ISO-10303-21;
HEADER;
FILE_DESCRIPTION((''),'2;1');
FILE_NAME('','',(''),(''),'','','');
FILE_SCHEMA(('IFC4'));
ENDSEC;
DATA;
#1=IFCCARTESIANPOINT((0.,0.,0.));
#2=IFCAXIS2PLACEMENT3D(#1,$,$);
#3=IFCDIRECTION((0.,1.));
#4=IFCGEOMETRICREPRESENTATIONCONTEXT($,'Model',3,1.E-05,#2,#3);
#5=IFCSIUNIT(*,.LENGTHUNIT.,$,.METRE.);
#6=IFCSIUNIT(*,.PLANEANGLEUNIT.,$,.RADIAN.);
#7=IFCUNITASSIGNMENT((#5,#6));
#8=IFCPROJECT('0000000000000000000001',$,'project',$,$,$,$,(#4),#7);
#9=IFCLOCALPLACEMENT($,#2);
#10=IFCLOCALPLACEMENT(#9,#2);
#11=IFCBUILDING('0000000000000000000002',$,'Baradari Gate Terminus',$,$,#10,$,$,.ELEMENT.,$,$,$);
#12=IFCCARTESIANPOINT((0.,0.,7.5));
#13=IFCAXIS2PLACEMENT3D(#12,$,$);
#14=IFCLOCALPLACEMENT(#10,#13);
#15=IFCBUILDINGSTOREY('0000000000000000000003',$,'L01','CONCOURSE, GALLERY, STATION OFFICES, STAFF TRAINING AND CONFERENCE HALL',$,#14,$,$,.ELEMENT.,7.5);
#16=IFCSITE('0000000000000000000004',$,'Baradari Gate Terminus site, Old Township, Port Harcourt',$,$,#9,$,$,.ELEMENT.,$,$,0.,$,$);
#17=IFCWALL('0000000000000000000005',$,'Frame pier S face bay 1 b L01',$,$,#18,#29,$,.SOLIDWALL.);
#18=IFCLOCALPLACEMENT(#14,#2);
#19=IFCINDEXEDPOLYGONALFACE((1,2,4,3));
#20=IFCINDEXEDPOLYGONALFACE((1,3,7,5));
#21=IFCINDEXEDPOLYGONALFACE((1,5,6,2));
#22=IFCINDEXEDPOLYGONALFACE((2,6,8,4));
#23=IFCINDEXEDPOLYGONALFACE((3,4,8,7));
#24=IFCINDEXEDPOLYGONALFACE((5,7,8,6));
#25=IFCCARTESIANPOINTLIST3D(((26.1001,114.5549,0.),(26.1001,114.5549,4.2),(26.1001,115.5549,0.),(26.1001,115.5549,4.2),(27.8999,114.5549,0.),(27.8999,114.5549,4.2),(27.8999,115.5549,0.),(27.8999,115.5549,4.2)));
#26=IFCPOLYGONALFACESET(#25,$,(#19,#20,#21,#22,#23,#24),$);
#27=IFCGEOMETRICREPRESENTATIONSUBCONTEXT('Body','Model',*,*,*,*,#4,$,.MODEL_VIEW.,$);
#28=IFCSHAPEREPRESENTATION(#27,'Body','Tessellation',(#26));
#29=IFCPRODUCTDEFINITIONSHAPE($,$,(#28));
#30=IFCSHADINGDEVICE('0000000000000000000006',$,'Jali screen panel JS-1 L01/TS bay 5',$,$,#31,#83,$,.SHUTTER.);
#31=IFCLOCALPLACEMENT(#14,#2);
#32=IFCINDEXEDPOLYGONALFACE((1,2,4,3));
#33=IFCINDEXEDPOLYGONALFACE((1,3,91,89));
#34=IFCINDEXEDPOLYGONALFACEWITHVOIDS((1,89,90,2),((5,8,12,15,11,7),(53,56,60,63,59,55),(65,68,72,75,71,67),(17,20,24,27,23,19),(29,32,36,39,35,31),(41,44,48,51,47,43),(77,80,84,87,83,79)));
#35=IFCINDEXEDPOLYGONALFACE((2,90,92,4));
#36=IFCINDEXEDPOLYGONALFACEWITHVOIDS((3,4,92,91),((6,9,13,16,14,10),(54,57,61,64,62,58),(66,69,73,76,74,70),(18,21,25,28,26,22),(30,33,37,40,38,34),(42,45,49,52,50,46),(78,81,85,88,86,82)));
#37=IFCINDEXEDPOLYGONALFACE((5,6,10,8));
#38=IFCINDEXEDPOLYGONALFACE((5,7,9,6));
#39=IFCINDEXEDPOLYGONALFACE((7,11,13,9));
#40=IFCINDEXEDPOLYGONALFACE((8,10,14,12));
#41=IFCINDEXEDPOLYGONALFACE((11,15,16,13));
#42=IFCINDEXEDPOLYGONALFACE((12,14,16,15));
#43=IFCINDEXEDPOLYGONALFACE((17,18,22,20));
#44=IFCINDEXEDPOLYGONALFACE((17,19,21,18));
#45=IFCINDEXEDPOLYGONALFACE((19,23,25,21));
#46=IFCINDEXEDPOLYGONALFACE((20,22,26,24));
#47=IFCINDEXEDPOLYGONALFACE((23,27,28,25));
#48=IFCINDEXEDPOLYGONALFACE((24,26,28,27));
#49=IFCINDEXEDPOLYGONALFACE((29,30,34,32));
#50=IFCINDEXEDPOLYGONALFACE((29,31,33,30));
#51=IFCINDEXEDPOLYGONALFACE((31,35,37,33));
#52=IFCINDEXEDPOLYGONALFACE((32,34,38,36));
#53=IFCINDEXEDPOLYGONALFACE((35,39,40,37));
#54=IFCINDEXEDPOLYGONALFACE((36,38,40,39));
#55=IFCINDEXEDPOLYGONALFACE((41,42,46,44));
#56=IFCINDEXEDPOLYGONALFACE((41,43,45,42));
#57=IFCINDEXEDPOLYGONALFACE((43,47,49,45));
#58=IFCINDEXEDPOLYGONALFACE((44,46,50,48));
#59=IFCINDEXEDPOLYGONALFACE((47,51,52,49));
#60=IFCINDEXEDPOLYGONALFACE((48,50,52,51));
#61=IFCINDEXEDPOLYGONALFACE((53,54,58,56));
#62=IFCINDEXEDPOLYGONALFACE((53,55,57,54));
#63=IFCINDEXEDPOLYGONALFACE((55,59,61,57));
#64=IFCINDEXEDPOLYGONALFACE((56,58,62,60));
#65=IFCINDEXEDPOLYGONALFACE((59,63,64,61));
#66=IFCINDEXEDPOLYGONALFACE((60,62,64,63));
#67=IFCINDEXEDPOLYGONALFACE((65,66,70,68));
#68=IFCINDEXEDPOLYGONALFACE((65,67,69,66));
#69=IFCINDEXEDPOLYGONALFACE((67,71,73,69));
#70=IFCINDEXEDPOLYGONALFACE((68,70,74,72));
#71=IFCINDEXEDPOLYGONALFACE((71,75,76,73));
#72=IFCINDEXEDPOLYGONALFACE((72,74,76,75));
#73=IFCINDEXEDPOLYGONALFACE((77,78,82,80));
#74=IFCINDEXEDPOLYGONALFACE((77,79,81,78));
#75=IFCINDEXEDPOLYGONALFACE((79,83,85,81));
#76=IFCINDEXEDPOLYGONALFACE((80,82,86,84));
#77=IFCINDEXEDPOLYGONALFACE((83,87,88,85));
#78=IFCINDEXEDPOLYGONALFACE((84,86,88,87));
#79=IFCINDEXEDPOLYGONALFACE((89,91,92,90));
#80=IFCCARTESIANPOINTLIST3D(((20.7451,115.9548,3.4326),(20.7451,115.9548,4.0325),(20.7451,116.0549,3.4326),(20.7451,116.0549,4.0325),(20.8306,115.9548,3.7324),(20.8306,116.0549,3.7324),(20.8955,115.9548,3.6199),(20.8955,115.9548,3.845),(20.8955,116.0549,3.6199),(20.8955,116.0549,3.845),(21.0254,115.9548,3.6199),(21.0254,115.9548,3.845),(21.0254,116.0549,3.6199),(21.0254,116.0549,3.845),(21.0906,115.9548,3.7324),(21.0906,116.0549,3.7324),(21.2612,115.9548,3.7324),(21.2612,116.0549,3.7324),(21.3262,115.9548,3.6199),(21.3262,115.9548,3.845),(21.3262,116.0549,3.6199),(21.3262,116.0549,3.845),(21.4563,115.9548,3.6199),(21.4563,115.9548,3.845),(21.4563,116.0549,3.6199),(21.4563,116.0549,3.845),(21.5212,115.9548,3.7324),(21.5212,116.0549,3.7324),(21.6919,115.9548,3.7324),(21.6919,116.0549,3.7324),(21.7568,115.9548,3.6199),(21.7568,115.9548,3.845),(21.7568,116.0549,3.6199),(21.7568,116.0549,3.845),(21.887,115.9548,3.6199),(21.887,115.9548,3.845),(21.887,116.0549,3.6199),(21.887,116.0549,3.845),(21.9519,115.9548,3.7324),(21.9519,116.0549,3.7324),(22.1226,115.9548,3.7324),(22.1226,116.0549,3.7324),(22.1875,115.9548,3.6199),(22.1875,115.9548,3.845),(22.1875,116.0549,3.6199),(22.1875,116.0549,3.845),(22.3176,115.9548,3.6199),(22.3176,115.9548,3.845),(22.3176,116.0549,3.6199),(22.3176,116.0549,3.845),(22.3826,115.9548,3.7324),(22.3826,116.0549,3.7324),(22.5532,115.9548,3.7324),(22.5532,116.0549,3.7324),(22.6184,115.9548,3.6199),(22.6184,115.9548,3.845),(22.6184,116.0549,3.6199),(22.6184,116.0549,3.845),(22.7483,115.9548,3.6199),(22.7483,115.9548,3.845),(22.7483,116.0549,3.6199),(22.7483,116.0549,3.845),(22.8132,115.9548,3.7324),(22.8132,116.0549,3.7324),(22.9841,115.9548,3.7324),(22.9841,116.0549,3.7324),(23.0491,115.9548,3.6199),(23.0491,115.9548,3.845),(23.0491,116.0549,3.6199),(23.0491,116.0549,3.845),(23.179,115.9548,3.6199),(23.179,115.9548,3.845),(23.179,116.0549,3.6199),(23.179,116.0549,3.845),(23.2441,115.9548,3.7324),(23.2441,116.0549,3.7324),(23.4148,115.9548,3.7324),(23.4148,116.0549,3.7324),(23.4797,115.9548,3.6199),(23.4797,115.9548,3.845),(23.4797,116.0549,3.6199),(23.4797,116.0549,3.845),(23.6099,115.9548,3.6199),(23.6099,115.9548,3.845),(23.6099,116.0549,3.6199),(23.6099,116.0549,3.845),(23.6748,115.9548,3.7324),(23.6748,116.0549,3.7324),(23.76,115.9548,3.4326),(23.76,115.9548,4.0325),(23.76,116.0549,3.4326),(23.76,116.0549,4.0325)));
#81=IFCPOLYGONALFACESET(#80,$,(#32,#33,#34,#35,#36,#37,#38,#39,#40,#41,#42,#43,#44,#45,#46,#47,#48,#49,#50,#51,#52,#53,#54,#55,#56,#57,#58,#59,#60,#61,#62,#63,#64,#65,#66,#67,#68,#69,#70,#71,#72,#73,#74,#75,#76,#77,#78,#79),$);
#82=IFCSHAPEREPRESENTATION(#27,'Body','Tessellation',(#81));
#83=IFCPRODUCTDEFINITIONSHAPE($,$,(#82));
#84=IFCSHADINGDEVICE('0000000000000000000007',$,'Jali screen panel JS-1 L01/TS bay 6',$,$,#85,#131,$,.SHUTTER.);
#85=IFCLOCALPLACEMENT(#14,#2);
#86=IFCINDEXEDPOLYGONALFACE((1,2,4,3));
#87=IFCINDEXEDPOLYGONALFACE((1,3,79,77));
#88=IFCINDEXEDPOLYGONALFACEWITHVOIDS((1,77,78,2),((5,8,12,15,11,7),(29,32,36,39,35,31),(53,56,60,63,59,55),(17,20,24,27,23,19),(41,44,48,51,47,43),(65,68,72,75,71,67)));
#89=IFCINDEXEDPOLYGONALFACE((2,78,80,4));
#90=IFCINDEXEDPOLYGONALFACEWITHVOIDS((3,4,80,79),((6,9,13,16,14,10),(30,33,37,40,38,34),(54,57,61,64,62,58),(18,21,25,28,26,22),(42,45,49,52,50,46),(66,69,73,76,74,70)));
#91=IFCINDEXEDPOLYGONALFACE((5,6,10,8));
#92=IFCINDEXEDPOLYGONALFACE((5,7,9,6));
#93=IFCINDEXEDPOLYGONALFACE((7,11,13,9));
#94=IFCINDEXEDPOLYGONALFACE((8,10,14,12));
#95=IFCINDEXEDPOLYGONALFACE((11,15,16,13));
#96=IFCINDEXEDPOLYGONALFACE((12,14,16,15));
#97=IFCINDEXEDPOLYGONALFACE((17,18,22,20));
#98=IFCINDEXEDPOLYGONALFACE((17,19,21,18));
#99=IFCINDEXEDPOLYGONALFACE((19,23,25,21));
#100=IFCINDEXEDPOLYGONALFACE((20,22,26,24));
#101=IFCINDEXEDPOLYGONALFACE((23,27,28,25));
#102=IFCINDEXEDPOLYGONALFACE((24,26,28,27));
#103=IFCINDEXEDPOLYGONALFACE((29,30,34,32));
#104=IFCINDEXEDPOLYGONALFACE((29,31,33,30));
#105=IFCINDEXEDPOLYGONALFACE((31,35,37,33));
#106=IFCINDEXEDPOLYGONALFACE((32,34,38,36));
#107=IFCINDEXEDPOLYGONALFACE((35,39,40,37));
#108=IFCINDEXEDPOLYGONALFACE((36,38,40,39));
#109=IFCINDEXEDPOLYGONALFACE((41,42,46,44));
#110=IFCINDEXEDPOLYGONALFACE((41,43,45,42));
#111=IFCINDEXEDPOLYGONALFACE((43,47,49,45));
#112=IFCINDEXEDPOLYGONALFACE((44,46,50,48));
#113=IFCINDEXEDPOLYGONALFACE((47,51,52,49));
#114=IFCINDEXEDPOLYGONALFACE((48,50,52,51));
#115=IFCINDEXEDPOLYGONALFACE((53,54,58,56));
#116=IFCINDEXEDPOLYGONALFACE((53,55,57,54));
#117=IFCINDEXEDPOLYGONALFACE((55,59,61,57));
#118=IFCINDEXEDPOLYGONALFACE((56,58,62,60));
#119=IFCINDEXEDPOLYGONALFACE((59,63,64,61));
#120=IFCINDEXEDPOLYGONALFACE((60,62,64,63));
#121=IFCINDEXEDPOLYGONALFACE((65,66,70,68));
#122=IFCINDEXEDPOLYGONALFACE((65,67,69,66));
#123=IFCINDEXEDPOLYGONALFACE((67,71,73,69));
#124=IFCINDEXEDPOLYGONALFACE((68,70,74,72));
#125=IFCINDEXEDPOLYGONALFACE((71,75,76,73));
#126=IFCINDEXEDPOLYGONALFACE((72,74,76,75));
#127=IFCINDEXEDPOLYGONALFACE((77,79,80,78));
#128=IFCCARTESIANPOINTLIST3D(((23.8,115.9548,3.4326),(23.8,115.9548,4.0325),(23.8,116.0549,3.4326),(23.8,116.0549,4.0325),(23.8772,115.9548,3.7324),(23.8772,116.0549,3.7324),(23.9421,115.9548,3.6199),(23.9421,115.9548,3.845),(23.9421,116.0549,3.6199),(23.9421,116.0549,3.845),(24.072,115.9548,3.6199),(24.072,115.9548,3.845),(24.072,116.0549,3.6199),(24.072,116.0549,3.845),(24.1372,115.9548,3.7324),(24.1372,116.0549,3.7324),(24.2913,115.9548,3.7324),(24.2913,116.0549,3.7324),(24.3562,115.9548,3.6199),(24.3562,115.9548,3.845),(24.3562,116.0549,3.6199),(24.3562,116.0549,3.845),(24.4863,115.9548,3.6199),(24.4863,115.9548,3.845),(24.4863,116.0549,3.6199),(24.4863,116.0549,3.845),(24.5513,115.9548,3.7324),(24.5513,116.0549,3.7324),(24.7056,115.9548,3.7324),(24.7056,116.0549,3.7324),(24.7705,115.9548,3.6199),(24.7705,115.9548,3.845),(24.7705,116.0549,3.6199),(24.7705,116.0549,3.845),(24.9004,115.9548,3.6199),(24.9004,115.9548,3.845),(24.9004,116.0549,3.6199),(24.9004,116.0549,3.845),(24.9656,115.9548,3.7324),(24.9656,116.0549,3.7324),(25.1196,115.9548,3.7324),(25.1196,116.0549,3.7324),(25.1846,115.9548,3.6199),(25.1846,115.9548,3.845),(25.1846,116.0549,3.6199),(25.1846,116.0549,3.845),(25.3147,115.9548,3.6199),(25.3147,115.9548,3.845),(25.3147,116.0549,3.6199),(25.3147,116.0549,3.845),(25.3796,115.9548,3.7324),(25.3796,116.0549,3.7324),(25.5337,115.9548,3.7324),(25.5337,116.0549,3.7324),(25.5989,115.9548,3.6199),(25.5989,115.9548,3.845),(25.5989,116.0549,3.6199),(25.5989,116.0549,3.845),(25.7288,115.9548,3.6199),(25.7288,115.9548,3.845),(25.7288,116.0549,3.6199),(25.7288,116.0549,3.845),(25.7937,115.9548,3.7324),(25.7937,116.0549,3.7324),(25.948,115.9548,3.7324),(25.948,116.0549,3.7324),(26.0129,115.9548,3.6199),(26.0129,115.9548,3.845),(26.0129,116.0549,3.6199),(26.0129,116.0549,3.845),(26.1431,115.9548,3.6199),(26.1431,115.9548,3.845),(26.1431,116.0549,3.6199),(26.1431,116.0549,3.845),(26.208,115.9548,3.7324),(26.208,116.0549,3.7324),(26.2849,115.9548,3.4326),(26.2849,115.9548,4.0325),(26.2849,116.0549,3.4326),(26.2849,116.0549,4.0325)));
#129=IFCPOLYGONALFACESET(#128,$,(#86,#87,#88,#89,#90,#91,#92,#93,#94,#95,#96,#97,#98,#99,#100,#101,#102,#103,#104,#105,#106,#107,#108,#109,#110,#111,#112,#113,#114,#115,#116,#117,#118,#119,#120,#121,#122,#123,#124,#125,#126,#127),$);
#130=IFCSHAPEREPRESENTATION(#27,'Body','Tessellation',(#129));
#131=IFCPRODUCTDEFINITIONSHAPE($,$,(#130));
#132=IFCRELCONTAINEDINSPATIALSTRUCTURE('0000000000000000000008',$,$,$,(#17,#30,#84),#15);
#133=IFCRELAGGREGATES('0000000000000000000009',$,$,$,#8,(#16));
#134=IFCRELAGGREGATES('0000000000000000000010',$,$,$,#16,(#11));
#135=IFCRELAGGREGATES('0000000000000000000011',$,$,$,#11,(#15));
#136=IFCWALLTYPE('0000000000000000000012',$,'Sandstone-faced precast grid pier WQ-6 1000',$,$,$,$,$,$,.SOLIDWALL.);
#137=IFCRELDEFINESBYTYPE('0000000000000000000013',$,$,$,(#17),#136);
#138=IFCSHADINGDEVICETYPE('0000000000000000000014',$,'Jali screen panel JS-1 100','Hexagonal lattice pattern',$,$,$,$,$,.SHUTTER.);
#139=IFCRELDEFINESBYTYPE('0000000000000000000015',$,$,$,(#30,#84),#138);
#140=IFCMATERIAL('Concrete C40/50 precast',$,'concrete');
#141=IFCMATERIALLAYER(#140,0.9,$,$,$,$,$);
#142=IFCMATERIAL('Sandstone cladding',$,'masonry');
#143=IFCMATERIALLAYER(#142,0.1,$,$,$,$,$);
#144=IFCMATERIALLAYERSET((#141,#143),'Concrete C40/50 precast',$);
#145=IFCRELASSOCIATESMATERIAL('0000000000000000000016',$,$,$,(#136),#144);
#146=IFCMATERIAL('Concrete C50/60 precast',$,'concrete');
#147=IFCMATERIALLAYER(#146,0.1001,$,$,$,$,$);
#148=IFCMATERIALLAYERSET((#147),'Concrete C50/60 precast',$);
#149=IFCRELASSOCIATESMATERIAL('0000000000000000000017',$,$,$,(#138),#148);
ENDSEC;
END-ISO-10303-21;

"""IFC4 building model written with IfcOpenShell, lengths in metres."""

from ifc_helpers import new_model, si_unit, direction, frame, frame_2d, origin, place, context, subcontext, project, spatial, polyline, rectangle, outline, extrude, material, layer, layer_set, type_object, element, save


model = new_model("IFC4")

# Units and contexts
model_context = context("Model", 3, precision=1e-05, world=origin(), true_north=direction((0.0, 1.0)))
body_context = subcontext(model_context, "Body", "Model", "MODEL_VIEW")
ifc_project = project(units=[si_unit("LENGTHUNIT", "METRE"), si_unit("PLANEANGLEUNIT", "RADIAN")], contexts=[model_context])

# Site, building, storey
site_placement = place(None, origin())
site = spatial("IfcSite", under=ifc_project, at=site_placement, Name="Baradari Gate Terminus site, Old Township, Port Harcourt", CompositionType="ELEMENT", RefElevation=0.0)
building_placement = place(site_placement, origin())
building = spatial("IfcBuilding", under=site, at=building_placement, Name="Baradari Gate Terminus", CompositionType="ELEMENT")
storey_placement = place(building_placement, frame((0.0, 0.0, 7.5)))
storey = spatial("IfcBuildingStorey", under=building, at=storey_placement, Name="L01", Description="CONCOURSE, GALLERY, STATION OFFICES, STAFF TRAINING AND CONFERENCE HALL", CompositionType="ELEMENT", Elevation=7.5)

# Wall
ifc_material_1 = material(Name="Concrete C40/50 precast", Category="concrete")
ifc_layer_1 = layer(ifc_material_1, 0.9)
ifc_material_2 = material(Name="Sandstone cladding", Category="masonry")
ifc_layer_2 = layer(ifc_material_2, 0.1)
ifc_layer_set_1 = layer_set([ifc_layer_1, ifc_layer_2], Name="Concrete C40/50 precast")
wall_type = type_object("IfcWallType", Name="Sandstone-faced precast grid pier WQ-6 1000", PredefinedType="SOLIDWALL", material=ifc_layer_set_1)
wall_placement = place(storey_placement, frame((26.1001, 115.0549, 0.0), z_axis=(0.0, 0.0, 1.0), x_axis=(1.0, 0.0, 0.0)))
element("IfcWall", 1, at=wall_placement, inside=storey, type_object=wall_type, Name="Frame pier S face bay 1 b L01", PredefinedType="SOLIDWALL", context=body_context, shape_type="SweptSolid", body=[
    extrude(rectangle(XDim=1.7998, YDim=1.0, at=frame_2d((0.8999, 0.0))), origin(), (0.0, 0.0, 1.0), 4.2),
])

# Shading devices
ifc_material_3 = material(Name="Concrete C50/60 precast", Category="concrete")
ifc_layer_3 = layer(ifc_material_3, 0.1001)
ifc_layer_set_2 = layer_set([ifc_layer_3], Name="Concrete C50/60 precast")
shading_device_type = type_object("IfcShadingDeviceType", Name="Jali screen panel JS-1 100", Description="Hexagonal lattice pattern", PredefinedType="SHUTTER", material=ifc_layer_set_2)
shading_device_1_placement = place(storey_placement, frame((20.7451, 116.0049, 3.4326), z_axis=(0.0, 0.0, 1.0), x_axis=(1.0, 0.0, 0.0)))
element("IfcShadingDevice", 2, at=shading_device_1_placement, inside=storey, type_object=shading_device_type, Name="Jali screen panel JS-1 L01/TS bay 5", PredefinedType="SHUTTER", context=body_context, shape_type="SweptSolid", body=[
    extrude(outline(polyline([(0.0, 0.0), (3.0149, 0.0), (3.0149, 0.5999), (0.0, 0.5999), (0.0, 0.0)]), holes=[polyline([(0.3455, 0.2998), (0.2803, 0.1873), (0.1504, 0.1873), (0.0854, 0.2998), (0.1504, 0.4124), (0.2803, 0.4124), (0.3455, 0.2998)]), polyline([(0.7761, 0.2998), (0.7112, 0.1873), (0.5811, 0.1873), (0.5161, 0.2998), (0.5811, 0.4124), (0.7112, 0.4124), (0.7761, 0.2998)]), polyline([(1.2068, 0.2998), (1.1418, 0.1873), (1.0117, 0.1873), (0.9468, 0.2998), (1.0117, 0.4124), (1.1418, 0.4124), (1.2068, 0.2998)]), polyline([(1.6375, 0.2998), (1.5725, 0.1873), (1.4424, 0.1873), (1.3774, 0.2998), (1.4424, 0.4124), (1.5725, 0.4124), (1.6375, 0.2998)]), polyline([(2.0681, 0.2998), (2.0032, 0.1873), (1.8733, 0.1873), (1.8081, 0.2998), (1.8733, 0.4124), (2.0032, 0.4124), (2.0681, 0.2998)]), polyline([(2.499, 0.2998), (2.4338, 0.1873), (2.304, 0.1873), (2.239, 0.2998), (2.304, 0.4124), (2.4338, 0.4124), (2.499, 0.2998)]), polyline([(2.9297, 0.2998), (2.8647, 0.1873), (2.7346, 0.1873), (2.6697, 0.2998), (2.7346, 0.4124), (2.8647, 0.4124), (2.9297, 0.2998)])]), frame((0.0, 0.05, 0.0), z_axis=(0.0, -1.0, 0.0), x_axis=(1.0, 0.0, 0.0)), (0.0, 0.0, 1.0), 0.1001),
])
shading_device_2_placement = place(storey_placement, frame((23.8, 116.0049, 3.4326), z_axis=(0.0, 0.0, 1.0), x_axis=(1.0, 0.0, 0.0)))
element("IfcShadingDevice", 3, at=shading_device_2_placement, inside=storey, type_object=shading_device_type, Name="Jali screen panel JS-1 L01/TS bay 6", PredefinedType="SHUTTER", context=body_context, shape_type="SweptSolid", body=[
    extrude(outline(polyline([(0.0, 0.0), (2.4849, 0.0), (2.4849, 0.5999), (0.0, 0.5999), (0.0, 0.0)]), holes=[polyline([(0.3372, 0.2998), (0.272, 0.1873), (0.1421, 0.1873), (0.0771, 0.2998), (0.1421, 0.4124), (0.272, 0.4124), (0.3372, 0.2998)]), polyline([(0.7512, 0.2998), (0.6863, 0.1873), (0.5562, 0.1873), (0.4912, 0.2998), (0.5562, 0.4124), (0.6863, 0.4124), (0.7512, 0.2998)]), polyline([(1.1655, 0.2998), (1.1003, 0.1873), (0.9705, 0.1873), (0.9055, 0.2998), (0.9705, 0.4124), (1.1003, 0.4124), (1.1655, 0.2998)]), polyline([(1.5796, 0.2998), (1.5146, 0.1873), (1.3845, 0.1873), (1.3196, 0.2998), (1.3845, 0.4124), (1.5146, 0.4124), (1.5796, 0.2998)]), polyline([(1.9937, 0.2998), (1.9287, 0.1873), (1.7988, 0.1873), (1.7336, 0.2998), (1.7988, 0.4124), (1.9287, 0.4124), (1.9937, 0.2998)]), polyline([(2.408, 0.2998), (2.343, 0.1873), (2.2129, 0.1873), (2.1479, 0.2998), (2.2129, 0.4124), (2.343, 0.4124), (2.408, 0.2998)])]), frame((0.0, 0.05, 0.0), z_axis=(0.0, -1.0, 0.0), x_axis=(1.0, 0.0, 0.0)), (0.0, 0.0, 1.0), 0.1001),
])

save(model, "model.ifc")
